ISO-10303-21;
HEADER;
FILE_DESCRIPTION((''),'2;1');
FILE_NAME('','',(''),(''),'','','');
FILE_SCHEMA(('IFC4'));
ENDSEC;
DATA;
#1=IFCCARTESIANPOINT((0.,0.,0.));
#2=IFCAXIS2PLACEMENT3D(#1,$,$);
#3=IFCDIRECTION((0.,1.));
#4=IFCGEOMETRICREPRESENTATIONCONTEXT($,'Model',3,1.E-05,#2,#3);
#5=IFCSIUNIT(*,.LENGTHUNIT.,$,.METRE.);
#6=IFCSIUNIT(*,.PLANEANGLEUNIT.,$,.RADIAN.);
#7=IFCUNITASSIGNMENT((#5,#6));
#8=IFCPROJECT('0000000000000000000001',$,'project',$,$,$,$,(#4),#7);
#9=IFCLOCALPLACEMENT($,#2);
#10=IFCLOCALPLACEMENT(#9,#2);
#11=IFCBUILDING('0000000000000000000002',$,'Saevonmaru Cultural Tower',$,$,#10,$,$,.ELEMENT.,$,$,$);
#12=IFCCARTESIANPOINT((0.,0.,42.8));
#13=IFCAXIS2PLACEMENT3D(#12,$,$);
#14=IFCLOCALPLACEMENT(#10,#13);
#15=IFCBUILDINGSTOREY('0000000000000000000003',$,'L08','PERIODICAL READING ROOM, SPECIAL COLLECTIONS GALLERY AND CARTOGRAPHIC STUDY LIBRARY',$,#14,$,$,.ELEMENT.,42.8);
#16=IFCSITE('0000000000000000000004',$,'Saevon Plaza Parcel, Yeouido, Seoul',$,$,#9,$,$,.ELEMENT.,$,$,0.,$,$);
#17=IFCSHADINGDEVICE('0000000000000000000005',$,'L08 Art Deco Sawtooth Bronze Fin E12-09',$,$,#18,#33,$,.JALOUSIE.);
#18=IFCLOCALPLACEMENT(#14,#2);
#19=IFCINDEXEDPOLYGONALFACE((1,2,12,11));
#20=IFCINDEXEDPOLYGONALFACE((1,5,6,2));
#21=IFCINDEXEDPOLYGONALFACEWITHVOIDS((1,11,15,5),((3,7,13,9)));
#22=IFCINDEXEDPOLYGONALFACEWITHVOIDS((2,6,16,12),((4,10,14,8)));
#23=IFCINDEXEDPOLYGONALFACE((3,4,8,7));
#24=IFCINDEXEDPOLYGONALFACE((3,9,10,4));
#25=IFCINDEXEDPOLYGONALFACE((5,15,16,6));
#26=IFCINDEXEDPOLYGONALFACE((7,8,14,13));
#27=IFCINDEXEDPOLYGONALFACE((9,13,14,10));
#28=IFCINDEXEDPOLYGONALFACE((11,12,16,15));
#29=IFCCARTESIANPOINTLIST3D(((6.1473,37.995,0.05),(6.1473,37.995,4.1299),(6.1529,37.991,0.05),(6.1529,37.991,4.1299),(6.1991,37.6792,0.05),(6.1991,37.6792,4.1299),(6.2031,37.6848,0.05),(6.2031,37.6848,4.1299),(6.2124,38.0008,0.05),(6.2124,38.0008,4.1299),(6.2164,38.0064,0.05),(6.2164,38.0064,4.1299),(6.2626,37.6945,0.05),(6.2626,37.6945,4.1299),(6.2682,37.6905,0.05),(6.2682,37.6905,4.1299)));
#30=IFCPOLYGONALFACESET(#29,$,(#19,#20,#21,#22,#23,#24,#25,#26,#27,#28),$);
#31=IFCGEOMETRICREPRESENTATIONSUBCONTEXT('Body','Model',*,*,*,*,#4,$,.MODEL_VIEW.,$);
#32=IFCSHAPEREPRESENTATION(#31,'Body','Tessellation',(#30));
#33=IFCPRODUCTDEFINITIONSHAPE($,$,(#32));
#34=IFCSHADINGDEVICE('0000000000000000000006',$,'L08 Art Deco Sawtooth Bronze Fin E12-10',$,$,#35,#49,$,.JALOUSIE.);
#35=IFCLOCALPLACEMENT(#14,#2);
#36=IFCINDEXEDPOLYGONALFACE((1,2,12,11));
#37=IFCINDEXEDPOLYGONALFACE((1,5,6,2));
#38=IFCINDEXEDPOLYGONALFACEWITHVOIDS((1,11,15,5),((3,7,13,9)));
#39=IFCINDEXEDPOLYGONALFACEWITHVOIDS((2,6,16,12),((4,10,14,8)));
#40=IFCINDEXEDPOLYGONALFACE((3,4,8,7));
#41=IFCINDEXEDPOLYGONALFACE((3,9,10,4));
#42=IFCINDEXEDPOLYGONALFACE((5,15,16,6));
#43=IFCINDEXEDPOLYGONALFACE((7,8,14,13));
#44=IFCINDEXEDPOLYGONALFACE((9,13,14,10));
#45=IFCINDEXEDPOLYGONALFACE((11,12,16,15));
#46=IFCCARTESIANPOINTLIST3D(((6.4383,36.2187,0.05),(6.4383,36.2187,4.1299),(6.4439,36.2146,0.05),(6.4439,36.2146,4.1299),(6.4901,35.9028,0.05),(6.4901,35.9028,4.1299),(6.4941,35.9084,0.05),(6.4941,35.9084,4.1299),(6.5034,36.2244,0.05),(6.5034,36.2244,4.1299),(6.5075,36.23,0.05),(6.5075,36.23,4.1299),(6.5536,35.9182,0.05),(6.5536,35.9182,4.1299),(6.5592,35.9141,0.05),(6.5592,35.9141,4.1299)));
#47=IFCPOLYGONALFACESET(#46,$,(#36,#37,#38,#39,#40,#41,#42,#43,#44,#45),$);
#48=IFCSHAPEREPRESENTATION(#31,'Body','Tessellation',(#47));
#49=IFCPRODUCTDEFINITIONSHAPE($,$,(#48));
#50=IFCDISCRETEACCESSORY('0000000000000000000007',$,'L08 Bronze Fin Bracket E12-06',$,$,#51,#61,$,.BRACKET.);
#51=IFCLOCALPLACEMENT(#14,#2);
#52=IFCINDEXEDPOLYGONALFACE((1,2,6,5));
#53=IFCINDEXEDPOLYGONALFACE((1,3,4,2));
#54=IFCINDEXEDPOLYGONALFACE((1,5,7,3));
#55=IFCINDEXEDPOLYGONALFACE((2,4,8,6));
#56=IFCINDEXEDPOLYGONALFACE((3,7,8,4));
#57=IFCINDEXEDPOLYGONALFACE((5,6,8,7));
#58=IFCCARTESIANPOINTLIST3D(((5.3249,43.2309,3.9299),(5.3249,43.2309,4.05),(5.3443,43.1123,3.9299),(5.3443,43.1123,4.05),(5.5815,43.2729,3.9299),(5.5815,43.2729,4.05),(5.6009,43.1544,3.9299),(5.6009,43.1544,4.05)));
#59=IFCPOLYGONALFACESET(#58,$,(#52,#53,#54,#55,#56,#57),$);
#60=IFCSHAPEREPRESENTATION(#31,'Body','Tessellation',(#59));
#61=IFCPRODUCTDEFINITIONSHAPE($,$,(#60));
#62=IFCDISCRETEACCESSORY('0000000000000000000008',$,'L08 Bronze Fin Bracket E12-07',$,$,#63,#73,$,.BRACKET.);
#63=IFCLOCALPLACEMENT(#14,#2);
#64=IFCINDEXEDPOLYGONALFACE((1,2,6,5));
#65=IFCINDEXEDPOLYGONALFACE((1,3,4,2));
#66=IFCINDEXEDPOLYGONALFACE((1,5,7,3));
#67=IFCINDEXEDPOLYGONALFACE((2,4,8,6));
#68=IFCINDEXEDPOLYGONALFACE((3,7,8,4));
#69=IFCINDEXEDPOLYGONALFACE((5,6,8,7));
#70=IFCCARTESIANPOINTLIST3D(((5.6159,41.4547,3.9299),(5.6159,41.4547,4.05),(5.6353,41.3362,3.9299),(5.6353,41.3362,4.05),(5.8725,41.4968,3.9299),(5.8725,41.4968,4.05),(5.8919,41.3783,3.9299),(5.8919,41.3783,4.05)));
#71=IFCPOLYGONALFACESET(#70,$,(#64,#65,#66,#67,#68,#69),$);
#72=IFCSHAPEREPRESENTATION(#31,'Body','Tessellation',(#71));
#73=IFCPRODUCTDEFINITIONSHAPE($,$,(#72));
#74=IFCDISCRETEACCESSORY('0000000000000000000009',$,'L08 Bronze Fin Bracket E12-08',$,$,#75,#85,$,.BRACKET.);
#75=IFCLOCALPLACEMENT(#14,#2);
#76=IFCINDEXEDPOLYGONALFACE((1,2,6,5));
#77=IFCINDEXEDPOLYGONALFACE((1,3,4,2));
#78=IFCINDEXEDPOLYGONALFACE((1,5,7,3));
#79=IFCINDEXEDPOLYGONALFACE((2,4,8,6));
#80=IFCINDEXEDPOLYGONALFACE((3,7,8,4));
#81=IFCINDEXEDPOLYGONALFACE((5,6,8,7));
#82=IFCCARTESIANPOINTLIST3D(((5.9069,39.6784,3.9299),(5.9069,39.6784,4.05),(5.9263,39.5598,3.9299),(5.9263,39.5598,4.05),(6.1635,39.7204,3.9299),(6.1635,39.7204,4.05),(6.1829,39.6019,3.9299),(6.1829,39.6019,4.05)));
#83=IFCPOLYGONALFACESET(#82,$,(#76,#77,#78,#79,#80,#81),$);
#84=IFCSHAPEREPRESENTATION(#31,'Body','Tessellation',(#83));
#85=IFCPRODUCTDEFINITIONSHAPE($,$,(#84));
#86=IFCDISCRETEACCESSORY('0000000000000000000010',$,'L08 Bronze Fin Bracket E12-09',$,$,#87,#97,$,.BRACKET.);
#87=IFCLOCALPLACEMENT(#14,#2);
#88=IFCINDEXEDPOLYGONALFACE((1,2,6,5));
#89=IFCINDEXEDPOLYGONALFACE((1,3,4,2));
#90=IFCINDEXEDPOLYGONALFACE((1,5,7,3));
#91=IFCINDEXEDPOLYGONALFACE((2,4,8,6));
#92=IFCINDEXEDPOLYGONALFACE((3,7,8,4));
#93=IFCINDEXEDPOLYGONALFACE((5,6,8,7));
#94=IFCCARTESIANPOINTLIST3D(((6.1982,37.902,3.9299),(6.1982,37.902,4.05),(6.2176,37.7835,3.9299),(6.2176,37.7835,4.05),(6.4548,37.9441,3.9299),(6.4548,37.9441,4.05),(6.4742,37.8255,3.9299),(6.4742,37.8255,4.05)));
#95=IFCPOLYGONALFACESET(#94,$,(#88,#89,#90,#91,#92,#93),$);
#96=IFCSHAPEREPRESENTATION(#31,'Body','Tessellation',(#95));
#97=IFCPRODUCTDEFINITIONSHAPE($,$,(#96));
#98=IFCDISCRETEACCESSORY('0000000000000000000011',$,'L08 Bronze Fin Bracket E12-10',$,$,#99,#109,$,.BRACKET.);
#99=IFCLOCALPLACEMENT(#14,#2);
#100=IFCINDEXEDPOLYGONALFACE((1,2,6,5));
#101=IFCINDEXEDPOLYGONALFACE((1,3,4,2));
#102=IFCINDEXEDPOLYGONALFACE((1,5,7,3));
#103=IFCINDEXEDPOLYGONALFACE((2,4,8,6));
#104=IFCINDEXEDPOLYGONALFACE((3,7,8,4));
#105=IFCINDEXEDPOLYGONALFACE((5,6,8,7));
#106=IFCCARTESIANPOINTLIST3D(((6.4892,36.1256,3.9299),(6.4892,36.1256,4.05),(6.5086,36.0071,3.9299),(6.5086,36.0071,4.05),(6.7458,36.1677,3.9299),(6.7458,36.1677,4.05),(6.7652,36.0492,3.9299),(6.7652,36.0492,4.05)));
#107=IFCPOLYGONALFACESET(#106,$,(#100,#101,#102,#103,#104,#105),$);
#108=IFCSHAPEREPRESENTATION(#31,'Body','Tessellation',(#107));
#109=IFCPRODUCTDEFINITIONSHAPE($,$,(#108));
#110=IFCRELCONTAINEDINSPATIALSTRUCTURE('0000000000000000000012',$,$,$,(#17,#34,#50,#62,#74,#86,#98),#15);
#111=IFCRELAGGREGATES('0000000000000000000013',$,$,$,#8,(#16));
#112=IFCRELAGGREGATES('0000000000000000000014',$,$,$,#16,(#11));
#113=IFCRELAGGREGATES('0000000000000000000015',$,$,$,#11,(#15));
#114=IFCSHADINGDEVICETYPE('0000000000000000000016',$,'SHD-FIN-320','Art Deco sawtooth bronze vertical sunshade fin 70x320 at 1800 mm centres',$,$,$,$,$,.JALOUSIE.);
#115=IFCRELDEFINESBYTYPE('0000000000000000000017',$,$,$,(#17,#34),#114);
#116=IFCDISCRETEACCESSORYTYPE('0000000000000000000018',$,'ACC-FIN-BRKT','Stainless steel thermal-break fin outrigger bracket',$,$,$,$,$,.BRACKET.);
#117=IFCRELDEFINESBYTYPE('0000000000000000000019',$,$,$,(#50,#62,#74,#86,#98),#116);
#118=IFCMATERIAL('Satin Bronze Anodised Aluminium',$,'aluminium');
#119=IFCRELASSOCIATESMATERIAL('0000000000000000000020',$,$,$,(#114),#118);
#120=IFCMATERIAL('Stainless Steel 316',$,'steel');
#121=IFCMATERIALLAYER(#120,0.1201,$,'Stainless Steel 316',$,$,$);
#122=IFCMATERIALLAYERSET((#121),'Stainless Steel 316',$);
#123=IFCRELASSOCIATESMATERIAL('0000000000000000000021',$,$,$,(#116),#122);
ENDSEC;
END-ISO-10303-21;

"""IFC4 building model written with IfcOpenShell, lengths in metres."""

from ifc_helpers import new_model, si_unit, direction, frame, origin, origin_2d, place, context, subcontext, project, spatial, rectangle, hollow_rectangle, extrude, material, layer, layer_set, material_profile, profile_set, type_object, element, save


model = new_model("IFC4")

# Units and contexts
model_context = context("Model", 3, precision=1e-05, world=origin(), true_north=direction((0.0, 1.0)))
body_context = subcontext(model_context, "Body", "Model", "MODEL_VIEW")
ifc_project = project(units=[si_unit("LENGTHUNIT", "METRE"), si_unit("PLANEANGLEUNIT", "RADIAN")], contexts=[model_context])

# Site, building, storey
site_placement = place(None, origin())
site = spatial("IfcSite", under=ifc_project, at=site_placement, Name="Saevon Plaza Parcel, Yeouido, Seoul", CompositionType="ELEMENT", RefElevation=0.0)
building_placement = place(site_placement, origin())
building = spatial("IfcBuilding", under=site, at=building_placement, Name="Saevonmaru Cultural Tower", CompositionType="ELEMENT")
storey_placement = place(building_placement, frame((0.0, 0.0, 42.8)))
storey = spatial("IfcBuildingStorey", under=building, at=storey_placement, Name="L08", Description="PERIODICAL READING ROOM, SPECIAL COLLECTIONS GALLERY AND CARTOGRAPHIC STUDY LIBRARY", CompositionType="ELEMENT", Elevation=42.8)

# Shared definitions
ifc_material_1 = material(Name="Satin Bronze Anodised Aluminium", Category="aluminium")

# Shading devices
ifc_material_profile_1 = material_profile(ifc_material_1, hollow_rectangle(XDim=0.0701, YDim=0.3201, WallThickness=0.0049, at=origin_2d()), Name="FIN-320x70")
ifc_profile_set_1 = profile_set([ifc_material_profile_1], Name="Satin Bronze Anodised Aluminium")
shading_device_type = type_object("IfcShadingDeviceType", Name="SHD-FIN-320", Description="Art Deco sawtooth bronze vertical sunshade fin 70x320 at 1800 mm centres", PredefinedType="JALOUSIE", material=ifc_profile_set_1)
for number, where, z_axis, x_axis, name in (
    (1, (6.2078, 37.8428, 0.05), (0.0, 0.0, 1.0), (-0.986827, -0.161776, 0.0), "L08 Art Deco Sawtooth Bronze Fin E12-09"),
    (2, (6.4988, 36.0664, 0.05), (0.0, 0.0, 1.0), (-0.986827, -0.161776, 0.0), "L08 Art Deco Sawtooth Bronze Fin E12-10"),
):
    element("IfcShadingDevice", number, at=place(storey_placement, frame(where, z_axis=z_axis, x_axis=x_axis)), inside=storey, type_object=shading_device_type, Name=name, PredefinedType="JALOUSIE", context=body_context, shape_type="SweptSolid", body=[
        extrude(hollow_rectangle(XDim=0.0701, YDim=0.3201, WallThickness=0.0049, at=origin_2d()), origin(), (0.0, 0.0, 1.0), 4.0798),
    ])

# Discrete accessories
ifc_material_2 = material(Name="Stainless Steel 316", Category="steel")
ifc_layer_1 = layer(ifc_material_2, 0.1201, Name="Stainless Steel 316")
ifc_layer_set_1 = layer_set([ifc_layer_1], Name="Stainless Steel 316")
discrete_accessory_type = type_object("IfcDiscreteAccessoryType", Name="ACC-FIN-BRKT", Description="Stainless steel thermal-break fin outrigger bracket", PredefinedType="BRACKET", material=ifc_layer_set_1)
for number, where, z_axis, x_axis, name in (
    (3, (5.4629, 43.1926, 3.9299), (0.0, 0.0, 1.0), (-0.986827, -0.161776, 0.0), "L08 Bronze Fin Bracket E12-06"),
    (4, (5.7539, 41.4165, 3.9299), (0.0, 0.0, 1.0), (-0.986827, -0.161776, 0.0), "L08 Bronze Fin Bracket E12-07"),
    (5, (6.0449, 39.6401, 3.9299), (0.0, 0.0, 1.0), (-0.986827, -0.161776, 0.0), "L08 Bronze Fin Bracket E12-08"),
    (6, (6.3362, 37.8638, 3.9299), (0.0, 0.0, 1.0), (-0.986827, -0.161776, 0.0), "L08 Bronze Fin Bracket E12-09"),
    (7, (6.6272, 36.0874, 3.9299), (0.0, 0.0, 1.0), (-0.986827, -0.161776, 0.0), "L08 Bronze Fin Bracket E12-10"),
):
    element("IfcDiscreteAccessory", number, at=place(storey_placement, frame(where, z_axis=z_axis, x_axis=x_axis)), inside=storey, type_object=discrete_accessory_type, Name=name, PredefinedType="BRACKET", context=body_context, shape_type="SweptSolid", body=[
        extrude(rectangle(XDim=0.26, YDim=0.1201, at=origin_2d()), origin(), (0.0, 0.0, 1.0), 0.1201),
    ])

save(model, "model.ifc")
